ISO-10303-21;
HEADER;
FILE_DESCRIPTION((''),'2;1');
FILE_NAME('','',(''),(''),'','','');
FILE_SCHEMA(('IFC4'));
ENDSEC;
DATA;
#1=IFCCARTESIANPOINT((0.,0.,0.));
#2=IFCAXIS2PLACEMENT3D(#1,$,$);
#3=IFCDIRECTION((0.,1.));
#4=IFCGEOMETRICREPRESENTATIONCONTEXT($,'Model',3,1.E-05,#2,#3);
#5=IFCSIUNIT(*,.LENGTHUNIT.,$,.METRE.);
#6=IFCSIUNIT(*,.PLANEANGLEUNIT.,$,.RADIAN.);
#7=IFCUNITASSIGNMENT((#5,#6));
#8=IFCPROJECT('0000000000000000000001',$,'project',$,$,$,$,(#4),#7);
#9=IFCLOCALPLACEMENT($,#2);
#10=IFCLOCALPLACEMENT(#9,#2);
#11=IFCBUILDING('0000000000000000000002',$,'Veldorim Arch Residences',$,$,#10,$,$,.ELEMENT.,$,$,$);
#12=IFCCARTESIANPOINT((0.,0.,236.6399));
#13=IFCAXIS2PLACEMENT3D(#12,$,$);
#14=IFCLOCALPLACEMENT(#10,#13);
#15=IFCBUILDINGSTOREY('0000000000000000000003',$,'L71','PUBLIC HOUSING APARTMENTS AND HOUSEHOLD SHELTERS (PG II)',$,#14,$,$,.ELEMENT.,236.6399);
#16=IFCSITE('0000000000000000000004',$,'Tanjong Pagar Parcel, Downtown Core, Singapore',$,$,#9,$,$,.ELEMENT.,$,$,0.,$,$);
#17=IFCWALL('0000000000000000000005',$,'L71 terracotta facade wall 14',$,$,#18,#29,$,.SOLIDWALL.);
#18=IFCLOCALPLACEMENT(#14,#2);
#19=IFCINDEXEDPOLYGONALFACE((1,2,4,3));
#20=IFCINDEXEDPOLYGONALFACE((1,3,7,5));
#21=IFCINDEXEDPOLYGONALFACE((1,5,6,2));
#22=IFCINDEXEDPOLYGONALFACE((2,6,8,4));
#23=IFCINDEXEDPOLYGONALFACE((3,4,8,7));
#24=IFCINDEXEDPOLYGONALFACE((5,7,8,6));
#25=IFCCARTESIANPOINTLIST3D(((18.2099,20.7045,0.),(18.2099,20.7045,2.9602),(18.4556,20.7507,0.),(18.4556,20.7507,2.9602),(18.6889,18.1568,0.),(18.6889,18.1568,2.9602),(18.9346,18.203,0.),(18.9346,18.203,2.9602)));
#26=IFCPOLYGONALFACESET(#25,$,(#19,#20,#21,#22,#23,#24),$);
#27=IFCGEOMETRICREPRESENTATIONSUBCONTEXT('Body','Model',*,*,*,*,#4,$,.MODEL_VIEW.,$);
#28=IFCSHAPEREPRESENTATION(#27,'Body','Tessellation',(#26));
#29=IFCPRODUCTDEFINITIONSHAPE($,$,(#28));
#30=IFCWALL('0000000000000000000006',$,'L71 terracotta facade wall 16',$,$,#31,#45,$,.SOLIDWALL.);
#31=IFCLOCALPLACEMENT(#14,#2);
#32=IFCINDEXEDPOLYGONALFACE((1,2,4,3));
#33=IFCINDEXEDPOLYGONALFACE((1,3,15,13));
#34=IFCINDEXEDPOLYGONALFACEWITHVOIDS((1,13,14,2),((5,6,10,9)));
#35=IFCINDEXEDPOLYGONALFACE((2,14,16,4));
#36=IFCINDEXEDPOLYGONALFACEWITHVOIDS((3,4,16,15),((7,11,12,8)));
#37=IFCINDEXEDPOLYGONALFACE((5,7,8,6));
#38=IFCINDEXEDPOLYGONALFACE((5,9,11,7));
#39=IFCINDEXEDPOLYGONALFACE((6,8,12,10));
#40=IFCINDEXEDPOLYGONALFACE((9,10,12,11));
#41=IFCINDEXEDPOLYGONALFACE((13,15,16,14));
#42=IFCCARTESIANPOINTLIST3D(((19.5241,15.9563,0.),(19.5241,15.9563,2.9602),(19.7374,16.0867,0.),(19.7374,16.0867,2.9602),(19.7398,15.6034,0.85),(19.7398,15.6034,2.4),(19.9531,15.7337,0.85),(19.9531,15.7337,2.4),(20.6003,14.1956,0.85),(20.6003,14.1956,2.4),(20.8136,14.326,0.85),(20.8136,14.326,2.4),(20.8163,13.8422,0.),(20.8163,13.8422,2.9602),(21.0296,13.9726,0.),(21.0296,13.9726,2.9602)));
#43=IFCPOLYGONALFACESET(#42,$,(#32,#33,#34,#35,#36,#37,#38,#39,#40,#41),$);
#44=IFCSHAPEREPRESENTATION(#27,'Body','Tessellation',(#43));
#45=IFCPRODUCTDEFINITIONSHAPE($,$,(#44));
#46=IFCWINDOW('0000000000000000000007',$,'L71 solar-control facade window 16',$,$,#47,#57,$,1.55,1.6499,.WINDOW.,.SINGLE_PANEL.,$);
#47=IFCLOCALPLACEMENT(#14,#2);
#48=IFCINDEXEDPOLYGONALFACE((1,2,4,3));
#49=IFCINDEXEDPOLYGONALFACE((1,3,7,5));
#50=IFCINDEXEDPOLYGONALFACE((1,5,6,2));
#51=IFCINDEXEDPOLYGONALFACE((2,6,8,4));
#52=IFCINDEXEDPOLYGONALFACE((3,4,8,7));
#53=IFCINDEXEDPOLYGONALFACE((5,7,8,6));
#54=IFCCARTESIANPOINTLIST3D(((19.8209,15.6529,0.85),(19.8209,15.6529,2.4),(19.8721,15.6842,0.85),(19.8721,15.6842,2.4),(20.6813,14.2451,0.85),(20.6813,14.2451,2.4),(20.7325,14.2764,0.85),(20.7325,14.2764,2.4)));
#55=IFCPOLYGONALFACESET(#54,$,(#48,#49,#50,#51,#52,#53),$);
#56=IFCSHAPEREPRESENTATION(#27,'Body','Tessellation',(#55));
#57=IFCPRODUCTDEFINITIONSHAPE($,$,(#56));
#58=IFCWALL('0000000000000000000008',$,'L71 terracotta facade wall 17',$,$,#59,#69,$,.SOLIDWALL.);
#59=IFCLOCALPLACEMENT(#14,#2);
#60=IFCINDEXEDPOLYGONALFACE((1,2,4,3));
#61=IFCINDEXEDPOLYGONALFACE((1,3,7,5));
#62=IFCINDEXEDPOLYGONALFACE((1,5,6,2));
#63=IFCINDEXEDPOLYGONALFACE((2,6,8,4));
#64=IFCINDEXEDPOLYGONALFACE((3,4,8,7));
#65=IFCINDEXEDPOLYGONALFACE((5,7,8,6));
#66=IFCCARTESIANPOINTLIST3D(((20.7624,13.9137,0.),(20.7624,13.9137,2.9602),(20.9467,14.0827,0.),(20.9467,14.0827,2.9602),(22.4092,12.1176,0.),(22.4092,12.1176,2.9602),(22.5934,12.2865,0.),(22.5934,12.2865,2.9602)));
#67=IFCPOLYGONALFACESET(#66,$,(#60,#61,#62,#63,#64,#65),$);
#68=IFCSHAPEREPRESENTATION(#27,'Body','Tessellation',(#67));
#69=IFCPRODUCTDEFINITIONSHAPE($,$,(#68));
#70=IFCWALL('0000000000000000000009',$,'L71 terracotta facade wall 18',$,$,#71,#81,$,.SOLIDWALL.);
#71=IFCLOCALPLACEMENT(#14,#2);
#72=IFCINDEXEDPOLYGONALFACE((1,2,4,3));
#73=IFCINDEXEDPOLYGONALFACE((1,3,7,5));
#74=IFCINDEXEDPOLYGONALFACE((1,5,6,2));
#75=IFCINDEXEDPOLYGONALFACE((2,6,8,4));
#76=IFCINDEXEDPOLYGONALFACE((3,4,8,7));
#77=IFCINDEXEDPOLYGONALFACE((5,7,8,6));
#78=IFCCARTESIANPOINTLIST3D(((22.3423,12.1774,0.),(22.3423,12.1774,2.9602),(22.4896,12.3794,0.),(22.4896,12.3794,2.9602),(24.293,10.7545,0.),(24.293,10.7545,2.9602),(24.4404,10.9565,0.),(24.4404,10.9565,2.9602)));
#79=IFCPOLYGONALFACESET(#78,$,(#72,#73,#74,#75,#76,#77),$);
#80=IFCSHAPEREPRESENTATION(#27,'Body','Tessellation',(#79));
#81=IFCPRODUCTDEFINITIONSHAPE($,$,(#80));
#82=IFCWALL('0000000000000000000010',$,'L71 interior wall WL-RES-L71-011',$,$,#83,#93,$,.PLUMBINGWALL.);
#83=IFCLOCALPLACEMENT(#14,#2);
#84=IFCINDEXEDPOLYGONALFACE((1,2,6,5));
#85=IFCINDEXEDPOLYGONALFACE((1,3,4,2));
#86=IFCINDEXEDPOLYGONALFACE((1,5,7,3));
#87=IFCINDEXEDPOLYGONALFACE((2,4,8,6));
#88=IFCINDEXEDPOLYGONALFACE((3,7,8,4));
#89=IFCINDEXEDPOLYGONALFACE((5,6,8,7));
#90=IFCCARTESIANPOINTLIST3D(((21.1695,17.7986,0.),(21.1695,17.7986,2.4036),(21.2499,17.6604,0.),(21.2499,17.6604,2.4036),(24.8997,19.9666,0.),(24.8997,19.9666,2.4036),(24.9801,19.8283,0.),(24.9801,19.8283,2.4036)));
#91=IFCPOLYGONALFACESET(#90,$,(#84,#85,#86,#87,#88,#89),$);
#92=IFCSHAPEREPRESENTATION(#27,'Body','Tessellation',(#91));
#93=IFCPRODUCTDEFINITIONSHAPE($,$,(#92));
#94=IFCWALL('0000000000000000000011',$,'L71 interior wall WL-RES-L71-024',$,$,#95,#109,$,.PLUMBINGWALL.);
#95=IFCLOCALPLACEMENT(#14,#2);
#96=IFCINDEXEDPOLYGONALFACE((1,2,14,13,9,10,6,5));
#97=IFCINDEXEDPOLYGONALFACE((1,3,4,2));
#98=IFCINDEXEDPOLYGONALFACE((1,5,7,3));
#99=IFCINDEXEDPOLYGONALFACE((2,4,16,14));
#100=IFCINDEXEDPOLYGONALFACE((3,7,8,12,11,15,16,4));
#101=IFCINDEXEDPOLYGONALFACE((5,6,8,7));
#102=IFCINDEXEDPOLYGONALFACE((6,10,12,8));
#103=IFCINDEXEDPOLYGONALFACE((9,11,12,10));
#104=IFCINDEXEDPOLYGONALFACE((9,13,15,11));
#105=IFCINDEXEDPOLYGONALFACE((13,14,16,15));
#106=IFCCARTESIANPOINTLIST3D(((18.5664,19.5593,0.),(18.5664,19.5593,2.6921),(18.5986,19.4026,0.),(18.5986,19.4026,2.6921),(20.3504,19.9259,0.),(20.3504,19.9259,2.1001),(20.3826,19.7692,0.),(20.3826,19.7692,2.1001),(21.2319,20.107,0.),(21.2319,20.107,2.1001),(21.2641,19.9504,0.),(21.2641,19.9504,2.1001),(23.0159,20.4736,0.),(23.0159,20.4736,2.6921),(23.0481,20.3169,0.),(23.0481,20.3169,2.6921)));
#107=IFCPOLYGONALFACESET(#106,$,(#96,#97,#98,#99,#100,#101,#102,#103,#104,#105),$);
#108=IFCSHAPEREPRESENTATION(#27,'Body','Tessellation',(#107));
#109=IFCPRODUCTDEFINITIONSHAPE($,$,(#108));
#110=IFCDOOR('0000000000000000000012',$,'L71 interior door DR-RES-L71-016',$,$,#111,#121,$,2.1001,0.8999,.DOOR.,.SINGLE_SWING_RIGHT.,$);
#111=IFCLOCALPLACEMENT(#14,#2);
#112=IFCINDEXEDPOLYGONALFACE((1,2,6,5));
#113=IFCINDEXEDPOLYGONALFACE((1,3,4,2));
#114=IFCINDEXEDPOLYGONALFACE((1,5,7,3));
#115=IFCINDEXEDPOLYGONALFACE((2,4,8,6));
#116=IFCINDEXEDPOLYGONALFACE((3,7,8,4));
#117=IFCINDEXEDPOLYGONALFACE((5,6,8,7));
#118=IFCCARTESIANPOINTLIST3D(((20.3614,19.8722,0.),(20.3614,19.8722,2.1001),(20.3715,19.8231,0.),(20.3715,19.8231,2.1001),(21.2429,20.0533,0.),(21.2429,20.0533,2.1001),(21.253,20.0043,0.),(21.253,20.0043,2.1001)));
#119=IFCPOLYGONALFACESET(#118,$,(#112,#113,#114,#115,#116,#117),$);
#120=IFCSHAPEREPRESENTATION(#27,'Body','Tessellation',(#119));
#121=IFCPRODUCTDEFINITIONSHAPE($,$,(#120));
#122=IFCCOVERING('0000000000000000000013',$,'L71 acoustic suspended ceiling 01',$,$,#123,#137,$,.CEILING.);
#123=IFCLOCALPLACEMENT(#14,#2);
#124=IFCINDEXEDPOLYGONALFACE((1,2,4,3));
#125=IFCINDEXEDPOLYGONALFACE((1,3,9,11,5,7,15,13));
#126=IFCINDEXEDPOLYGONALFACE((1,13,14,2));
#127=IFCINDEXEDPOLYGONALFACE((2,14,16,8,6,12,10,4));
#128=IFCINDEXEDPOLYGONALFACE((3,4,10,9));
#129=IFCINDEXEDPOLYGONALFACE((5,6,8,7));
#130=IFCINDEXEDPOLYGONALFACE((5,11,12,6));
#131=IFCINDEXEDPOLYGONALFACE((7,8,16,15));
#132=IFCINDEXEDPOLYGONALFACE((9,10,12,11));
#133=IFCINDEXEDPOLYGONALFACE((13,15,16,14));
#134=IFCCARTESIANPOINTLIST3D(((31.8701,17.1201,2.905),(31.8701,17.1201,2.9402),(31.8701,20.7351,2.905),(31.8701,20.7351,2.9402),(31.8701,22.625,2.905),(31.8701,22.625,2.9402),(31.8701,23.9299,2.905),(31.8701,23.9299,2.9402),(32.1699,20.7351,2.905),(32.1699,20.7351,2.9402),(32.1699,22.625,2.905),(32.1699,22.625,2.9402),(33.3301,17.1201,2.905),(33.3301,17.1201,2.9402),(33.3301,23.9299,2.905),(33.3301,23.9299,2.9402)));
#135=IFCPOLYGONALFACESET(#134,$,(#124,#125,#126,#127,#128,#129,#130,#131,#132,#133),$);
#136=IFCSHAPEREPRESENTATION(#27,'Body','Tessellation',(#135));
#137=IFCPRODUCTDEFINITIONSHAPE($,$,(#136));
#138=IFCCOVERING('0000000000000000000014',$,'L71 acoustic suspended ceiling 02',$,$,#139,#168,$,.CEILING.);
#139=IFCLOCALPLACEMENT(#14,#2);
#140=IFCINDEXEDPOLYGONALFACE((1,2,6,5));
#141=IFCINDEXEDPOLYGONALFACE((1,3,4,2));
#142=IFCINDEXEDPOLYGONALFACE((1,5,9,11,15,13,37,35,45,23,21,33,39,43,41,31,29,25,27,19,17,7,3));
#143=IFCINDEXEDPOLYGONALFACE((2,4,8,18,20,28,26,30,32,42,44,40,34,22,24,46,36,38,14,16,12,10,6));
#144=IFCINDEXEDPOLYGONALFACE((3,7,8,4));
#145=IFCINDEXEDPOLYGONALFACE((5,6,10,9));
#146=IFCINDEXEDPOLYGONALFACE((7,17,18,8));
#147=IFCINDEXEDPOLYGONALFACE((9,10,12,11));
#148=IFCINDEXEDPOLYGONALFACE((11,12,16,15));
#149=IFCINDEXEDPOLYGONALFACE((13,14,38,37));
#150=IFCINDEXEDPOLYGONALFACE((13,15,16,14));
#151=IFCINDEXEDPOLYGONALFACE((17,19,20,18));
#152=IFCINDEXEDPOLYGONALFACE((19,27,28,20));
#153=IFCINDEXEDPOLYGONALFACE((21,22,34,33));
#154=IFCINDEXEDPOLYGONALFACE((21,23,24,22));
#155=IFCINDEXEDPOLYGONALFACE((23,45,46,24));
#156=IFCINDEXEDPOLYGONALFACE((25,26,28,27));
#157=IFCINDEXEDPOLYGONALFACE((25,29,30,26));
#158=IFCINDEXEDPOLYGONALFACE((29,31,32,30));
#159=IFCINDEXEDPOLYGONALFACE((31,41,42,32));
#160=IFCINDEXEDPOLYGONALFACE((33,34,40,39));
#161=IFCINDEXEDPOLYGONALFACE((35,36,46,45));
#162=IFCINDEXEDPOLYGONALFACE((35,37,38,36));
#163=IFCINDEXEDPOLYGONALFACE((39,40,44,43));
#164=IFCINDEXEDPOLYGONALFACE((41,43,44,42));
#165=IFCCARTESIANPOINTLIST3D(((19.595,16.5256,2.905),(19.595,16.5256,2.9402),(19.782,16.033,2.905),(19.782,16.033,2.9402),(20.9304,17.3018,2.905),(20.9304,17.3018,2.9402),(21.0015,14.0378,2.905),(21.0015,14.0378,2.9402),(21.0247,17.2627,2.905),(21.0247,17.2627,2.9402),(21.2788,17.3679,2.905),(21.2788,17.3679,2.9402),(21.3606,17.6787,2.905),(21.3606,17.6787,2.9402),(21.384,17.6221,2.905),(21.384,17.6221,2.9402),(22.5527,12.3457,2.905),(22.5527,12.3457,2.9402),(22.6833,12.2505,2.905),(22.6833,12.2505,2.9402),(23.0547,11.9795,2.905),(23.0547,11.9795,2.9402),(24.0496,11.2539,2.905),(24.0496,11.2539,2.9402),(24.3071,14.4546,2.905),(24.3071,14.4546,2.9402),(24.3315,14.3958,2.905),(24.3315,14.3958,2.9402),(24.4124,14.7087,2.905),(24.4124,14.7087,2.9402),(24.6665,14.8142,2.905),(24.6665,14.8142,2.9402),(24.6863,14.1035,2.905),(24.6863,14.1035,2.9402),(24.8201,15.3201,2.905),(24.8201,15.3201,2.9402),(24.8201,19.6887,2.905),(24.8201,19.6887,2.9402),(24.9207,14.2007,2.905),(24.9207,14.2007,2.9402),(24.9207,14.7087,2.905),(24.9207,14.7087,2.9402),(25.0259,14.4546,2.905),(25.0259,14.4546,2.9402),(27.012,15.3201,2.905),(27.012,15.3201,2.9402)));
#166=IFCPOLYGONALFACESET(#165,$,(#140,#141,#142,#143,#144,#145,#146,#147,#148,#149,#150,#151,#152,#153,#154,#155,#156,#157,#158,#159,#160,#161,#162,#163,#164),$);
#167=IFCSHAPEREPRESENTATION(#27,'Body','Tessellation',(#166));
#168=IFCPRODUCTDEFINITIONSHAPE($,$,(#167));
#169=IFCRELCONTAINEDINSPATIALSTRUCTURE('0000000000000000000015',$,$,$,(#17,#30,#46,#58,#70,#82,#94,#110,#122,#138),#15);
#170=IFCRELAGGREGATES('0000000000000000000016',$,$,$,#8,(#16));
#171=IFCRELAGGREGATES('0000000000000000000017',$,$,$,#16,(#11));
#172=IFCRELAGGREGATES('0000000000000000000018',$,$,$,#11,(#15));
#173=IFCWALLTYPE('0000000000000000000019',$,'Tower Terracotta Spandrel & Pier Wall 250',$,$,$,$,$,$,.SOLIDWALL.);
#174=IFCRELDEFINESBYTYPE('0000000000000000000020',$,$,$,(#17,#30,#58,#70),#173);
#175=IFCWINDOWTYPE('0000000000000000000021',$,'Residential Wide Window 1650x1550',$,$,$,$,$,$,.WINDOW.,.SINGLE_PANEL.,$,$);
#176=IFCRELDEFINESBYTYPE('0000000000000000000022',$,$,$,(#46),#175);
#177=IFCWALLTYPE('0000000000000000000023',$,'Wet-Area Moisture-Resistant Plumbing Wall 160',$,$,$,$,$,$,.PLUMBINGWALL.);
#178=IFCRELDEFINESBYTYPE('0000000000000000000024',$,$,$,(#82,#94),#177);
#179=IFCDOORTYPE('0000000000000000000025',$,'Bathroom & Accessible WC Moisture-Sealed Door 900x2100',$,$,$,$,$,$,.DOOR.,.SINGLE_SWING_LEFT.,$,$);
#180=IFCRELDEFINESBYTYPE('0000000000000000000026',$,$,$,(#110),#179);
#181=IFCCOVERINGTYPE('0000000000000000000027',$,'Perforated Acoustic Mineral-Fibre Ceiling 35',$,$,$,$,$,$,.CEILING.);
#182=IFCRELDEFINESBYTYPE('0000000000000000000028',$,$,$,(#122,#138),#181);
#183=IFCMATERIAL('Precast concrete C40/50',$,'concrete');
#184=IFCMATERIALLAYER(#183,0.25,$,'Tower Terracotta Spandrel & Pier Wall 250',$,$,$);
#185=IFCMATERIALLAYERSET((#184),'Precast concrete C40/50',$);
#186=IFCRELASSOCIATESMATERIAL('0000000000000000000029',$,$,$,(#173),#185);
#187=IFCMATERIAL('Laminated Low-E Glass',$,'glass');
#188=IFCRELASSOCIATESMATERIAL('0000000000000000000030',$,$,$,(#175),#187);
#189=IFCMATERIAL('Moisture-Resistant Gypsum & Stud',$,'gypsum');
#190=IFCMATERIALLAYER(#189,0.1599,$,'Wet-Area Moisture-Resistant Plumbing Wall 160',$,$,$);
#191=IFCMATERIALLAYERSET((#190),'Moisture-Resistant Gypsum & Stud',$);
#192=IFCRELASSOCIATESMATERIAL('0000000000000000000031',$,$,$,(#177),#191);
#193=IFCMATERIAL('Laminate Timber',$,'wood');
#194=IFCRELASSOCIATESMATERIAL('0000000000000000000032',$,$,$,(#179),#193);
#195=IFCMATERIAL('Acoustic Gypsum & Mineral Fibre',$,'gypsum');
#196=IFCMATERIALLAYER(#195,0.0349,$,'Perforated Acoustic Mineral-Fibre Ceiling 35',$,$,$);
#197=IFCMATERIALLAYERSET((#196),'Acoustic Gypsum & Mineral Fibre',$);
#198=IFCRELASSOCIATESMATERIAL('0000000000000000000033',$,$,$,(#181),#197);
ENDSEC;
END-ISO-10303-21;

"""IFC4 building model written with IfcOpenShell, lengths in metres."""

from ifc_helpers import new_model, si_unit, direction, frame, frame_2d, origin, place, context, subcontext, project, spatial, polyline, rectangle, outline, extrude, material, layer, layer_set, type_object, element, fill, save


model = new_model("IFC4")

# Units and contexts
model_context = context("Model", 3, precision=1e-05, world=origin(), true_north=direction((0.0, 1.0)))
body_context = subcontext(model_context, "Body", "Model", "MODEL_VIEW")
ifc_project = project(units=[si_unit("LENGTHUNIT", "METRE"), si_unit("PLANEANGLEUNIT", "RADIAN")], contexts=[model_context])

# Site, building, storey
site_placement = place(None, origin())
site = spatial("IfcSite", under=ifc_project, at=site_placement, Name="Tanjong Pagar Parcel, Downtown Core, Singapore", CompositionType="ELEMENT", RefElevation=0.0)
building_placement = place(site_placement, origin())
building = spatial("IfcBuilding", under=site, at=building_placement, Name="Veldorim Arch Residences", CompositionType="ELEMENT")
storey_placement = place(building_placement, frame((0.0, 0.0, 236.6399)))
storey = spatial("IfcBuildingStorey", under=building, at=storey_placement, Name="L71", Description="PUBLIC HOUSING APARTMENTS AND HOUSEHOLD SHELTERS (PG II)", CompositionType="ELEMENT", Elevation=236.6399)

# Wall
ifc_material_1 = material(Name="Precast concrete C40/50", Category="concrete")
ifc_layer_1 = layer(ifc_material_1, 0.25, Name="Tower Terracotta Spandrel & Pier Wall 250")
ifc_layer_set_1 = layer_set([ifc_layer_1], Name="Precast concrete C40/50")
wall_type_1 = type_object("IfcWallType", Name="Tower Terracotta Spandrel & Pier Wall 250", PredefinedType="SOLIDWALL", material=ifc_layer_set_1)
wall_1_placement = place(storey_placement, frame((18.8118, 18.1799, 0.0), z_axis=(0.0, 0.0, 1.0), x_axis=(-0.184783, 0.982779, 0.0)))
element("IfcWall", 1, at=wall_1_placement, inside=storey, type_object=wall_type_1, Name="L71 terracotta facade wall 14", PredefinedType="SOLIDWALL", context=body_context, shape_type="SweptSolid", body=[
    extrude(rectangle(XDim=2.5923, YDim=0.25, at=frame_2d((1.2961, 0.0))), origin(), (0.0, 0.0, 1.0), 2.9602),
])

# Wall, opening, window
wall_2_placement = place(storey_placement, frame((20.9229, 13.9075, 0.0), z_axis=(0.0, 0.0, 1.0), x_axis=(-0.521506, 0.853248, 0.0)))
wall_2 = element("IfcWall", 2, at=wall_2_placement, inside=storey, type_object=wall_type_1, Name="L71 terracotta facade wall 16", PredefinedType="SOLIDWALL", context=body_context, shape_type="SweptSolid", body=[
    extrude(rectangle(XDim=2.4778, YDim=0.25, at=frame_2d((1.2388, 0.0))), origin(), (0.0, 0.0, 1.0), 2.9602),
])
opening_1_placement = place(wall_2_placement, frame((0.4141, 0.0, 0.8501)))
opening_1 = element("IfcOpeningElement", 3, at=opening_1_placement, cuts=wall_2, PredefinedType="OPENING", context=body_context, shape_type="SweptSolid", body=[
    extrude(rectangle(XDim=1.6499, YDim=1.55, at=frame_2d((0.825, 0.7749))), frame((0.0, 0.135, 0.0), z_axis=(0.0, -1.0, 0.0), x_axis=(1.0, 0.0, 0.0)), (0.0, 0.0, 1.0), 0.27),
])
ifc_material_2 = material(Name="Laminated Low-E Glass", Category="glass")
window_type = type_object("IfcWindowType", Name="Residential Wide Window 1650x1550", PartitioningType="SINGLE_PANEL", PredefinedType="WINDOW", material=ifc_material_2)
window_placement = place(opening_1_placement, origin())
window = element("IfcWindow", 4, at=window_placement, inside=storey, type_object=window_type, Name="L71 solar-control facade window 16", OverallHeight=1.55, OverallWidth=1.6499, PartitioningType="SINGLE_PANEL", PredefinedType="WINDOW", context=body_context, shape_type="SweptSolid", body=[
    extrude(rectangle(XDim=1.6499, YDim=1.55, at=frame_2d((0.825, 0.7749))), frame((0.0, 0.03, 0.0), z_axis=(0.0, -1.0, 0.0), x_axis=(1.0, 0.0, 0.0)), (0.0, 0.0, 1.0), 0.0601),
])
fill(opening_1, window)

# Walls
wall_3_placement = place(storey_placement, frame((22.5012, 12.2021, 0.0), z_axis=(0.0, 0.0, 1.0), x_axis=(-0.675784, 0.7371, 0.0)))
element("IfcWall", 5, at=wall_3_placement, inside=storey, type_object=wall_type_1, Name="L71 terracotta facade wall 17", PredefinedType="SOLIDWALL", context=body_context, shape_type="SweptSolid", body=[
    extrude(rectangle(XDim=2.4368, YDim=0.25, at=frame_2d((1.2183, 0.0))), origin(), (0.0, 0.0, 1.0), 2.9602),
])
wall_4_placement = place(storey_placement, frame((24.3667, 10.8555, 0.0), z_axis=(0.0, 0.0, 1.0), x_axis=(-0.807913, 0.589301, 0.0)))
element("IfcWall", 6, at=wall_4_placement, inside=storey, type_object=wall_type_1, Name="L71 terracotta facade wall 18", PredefinedType="SOLIDWALL", context=body_context, shape_type="SweptSolid", body=[
    extrude(rectangle(XDim=2.4146, YDim=0.25, at=frame_2d((1.2073, 0.0))), origin(), (0.0, 0.0, 1.0), 2.9602),
])
ifc_material_3 = material(Name="Moisture-Resistant Gypsum & Stud", Category="gypsum")
ifc_layer_2 = layer(ifc_material_3, 0.1599, Name="Wet-Area Moisture-Resistant Plumbing Wall 160")
ifc_layer_set_2 = layer_set([ifc_layer_2], Name="Moisture-Resistant Gypsum & Stud")
wall_type_2 = type_object("IfcWallType", Name="Wet-Area Moisture-Resistant Plumbing Wall 160", PredefinedType="PLUMBINGWALL", material=ifc_layer_set_2)
wall_5_placement = place(storey_placement, frame((21.2097, 17.7295, 0.0), z_axis=(0.0, 0.0, 1.0), x_axis=(0.864584, 0.502488, 0.0)))
element("IfcWall", 7, at=wall_5_placement, inside=storey, type_object=wall_type_2, Name="L71 interior wall WL-RES-L71-011", PredefinedType="PLUMBINGWALL", context=body_context, shape_type="SweptSolid", body=[
    extrude(rectangle(XDim=4.3145, YDim=0.1599, at=frame_2d((2.1572, 0.0))), origin(), (0.0, 0.0, 1.0), 2.4036),
])

# Wall, opening, door
wall_6_placement = place(storey_placement, frame((23.032, 20.3953, 0.0), z_axis=(0.0, 0.0, 1.0), x_axis=(-0.979533, -0.201281, 0.0)))
wall_6 = element("IfcWall", 8, at=wall_6_placement, inside=storey, type_object=wall_type_2, Name="L71 interior wall WL-RES-L71-024", PredefinedType="PLUMBINGWALL", context=body_context, shape_type="SweptSolid", body=[
    extrude(rectangle(XDim=4.5425, YDim=0.1599, at=frame_2d((2.2712, 0.0))), origin(), (0.0, 0.0, 1.0), 2.6921),
])
opening_2_placement = place(wall_6_placement, frame((1.8213, 0.0, 0.0)))
opening_2 = element("IfcOpeningElement", 9, at=opening_2_placement, cuts=wall_6, PredefinedType="OPENING", context=body_context, shape_type="SweptSolid", body=[
    extrude(rectangle(XDim=0.8999, YDim=2.1001, at=frame_2d((0.45, 1.05))), frame((0.0, 0.0898, 0.0), z_axis=(0.0, -1.0, 0.0), x_axis=(1.0, 0.0, 0.0)), (0.0, 0.0, 1.0), 0.1799),
])
ifc_material_4 = material(Name="Laminate Timber", Category="wood")
door_type = type_object("IfcDoorType", Name="Bathroom & Accessible WC Moisture-Sealed Door 900x2100", OperationType="SINGLE_SWING_LEFT", PredefinedType="DOOR", material=ifc_material_4)
door_placement = place(opening_2_placement, origin())
door = element("IfcDoor", 10, at=door_placement, inside=storey, type_object=door_type, Name="L71 interior door DR-RES-L71-016", OperationType="SINGLE_SWING_RIGHT", OverallHeight=2.1001, OverallWidth=0.8999, PredefinedType="DOOR", context=body_context, shape_type="SweptSolid", body=[
    extrude(rectangle(XDim=0.8999, YDim=2.1001, at=frame_2d((0.45, 1.05))), frame((0.0, 0.0249, 0.0), z_axis=(0.0, -1.0, 0.0), x_axis=(1.0, 0.0, 0.0)), (0.0, 0.0, 1.0), 0.05),
])
fill(opening_2, door)

# Coverings
ifc_material_5 = material(Name="Acoustic Gypsum & Mineral Fibre", Category="gypsum")
ifc_layer_3 = layer(ifc_material_5, 0.0349, Name="Perforated Acoustic Mineral-Fibre Ceiling 35")
ifc_layer_set_3 = layer_set([ifc_layer_3], Name="Acoustic Gypsum & Mineral Fibre")
covering_type_1 = type_object("IfcCoveringType", Name="Perforated Acoustic Mineral-Fibre Ceiling 35", PredefinedType="CEILING", material=ifc_layer_set_3)
covering_1_placement = place(storey_placement, frame((0.0, 0.0, 2.905)))
element("IfcCovering", 11, at=covering_1_placement, inside=storey, type_object=covering_type_1, Name="L71 acoustic suspended ceiling 01", PredefinedType="CEILING", context=body_context, shape_type="SweptSolid", body=[
    extrude(outline(polyline([(33.3301, 23.9299), (33.3301, 17.1201), (31.8701, 17.1201), (31.8701, 20.7351), (32.1699, 20.7351), (32.1699, 22.625), (31.8701, 22.625), (31.8701, 23.9299), (33.3301, 23.9299)])), origin(), (0.0, 0.0, 1.0), 0.0352),
])
covering_2_placement = place(storey_placement, frame((0.0, 0.0, 2.905)))
element("IfcCovering", 12, at=covering_2_placement, inside=storey, type_object=covering_type_1, Name="L71 acoustic suspended ceiling 02", PredefinedType="CEILING", context=body_context, shape_type="SweptSolid", body=[
    extrude(outline(polyline([(24.9207, 14.2007), (25.0259, 14.4546), (24.9207, 14.7087), (24.6665, 14.8142), (24.4124, 14.7087), (24.3071, 14.4546), (24.3315, 14.3958), (22.6833, 12.2505), (22.5527, 12.3457), (21.0015, 14.0378), (19.782, 16.033), (19.595, 16.5256), (20.9304, 17.3018), (21.0247, 17.2627), (21.2788, 17.3679), (21.384, 17.6221), (21.3606, 17.6787), (24.8201, 19.6887), (24.8201, 15.3201), (27.012, 15.3201), (24.0496, 11.2539), (23.0547, 11.9795), (24.6863, 14.1035), (24.9207, 14.2007)])), origin(), (0.0, 0.0, 1.0), 0.0352),
])

save(model, "model.ifc")
